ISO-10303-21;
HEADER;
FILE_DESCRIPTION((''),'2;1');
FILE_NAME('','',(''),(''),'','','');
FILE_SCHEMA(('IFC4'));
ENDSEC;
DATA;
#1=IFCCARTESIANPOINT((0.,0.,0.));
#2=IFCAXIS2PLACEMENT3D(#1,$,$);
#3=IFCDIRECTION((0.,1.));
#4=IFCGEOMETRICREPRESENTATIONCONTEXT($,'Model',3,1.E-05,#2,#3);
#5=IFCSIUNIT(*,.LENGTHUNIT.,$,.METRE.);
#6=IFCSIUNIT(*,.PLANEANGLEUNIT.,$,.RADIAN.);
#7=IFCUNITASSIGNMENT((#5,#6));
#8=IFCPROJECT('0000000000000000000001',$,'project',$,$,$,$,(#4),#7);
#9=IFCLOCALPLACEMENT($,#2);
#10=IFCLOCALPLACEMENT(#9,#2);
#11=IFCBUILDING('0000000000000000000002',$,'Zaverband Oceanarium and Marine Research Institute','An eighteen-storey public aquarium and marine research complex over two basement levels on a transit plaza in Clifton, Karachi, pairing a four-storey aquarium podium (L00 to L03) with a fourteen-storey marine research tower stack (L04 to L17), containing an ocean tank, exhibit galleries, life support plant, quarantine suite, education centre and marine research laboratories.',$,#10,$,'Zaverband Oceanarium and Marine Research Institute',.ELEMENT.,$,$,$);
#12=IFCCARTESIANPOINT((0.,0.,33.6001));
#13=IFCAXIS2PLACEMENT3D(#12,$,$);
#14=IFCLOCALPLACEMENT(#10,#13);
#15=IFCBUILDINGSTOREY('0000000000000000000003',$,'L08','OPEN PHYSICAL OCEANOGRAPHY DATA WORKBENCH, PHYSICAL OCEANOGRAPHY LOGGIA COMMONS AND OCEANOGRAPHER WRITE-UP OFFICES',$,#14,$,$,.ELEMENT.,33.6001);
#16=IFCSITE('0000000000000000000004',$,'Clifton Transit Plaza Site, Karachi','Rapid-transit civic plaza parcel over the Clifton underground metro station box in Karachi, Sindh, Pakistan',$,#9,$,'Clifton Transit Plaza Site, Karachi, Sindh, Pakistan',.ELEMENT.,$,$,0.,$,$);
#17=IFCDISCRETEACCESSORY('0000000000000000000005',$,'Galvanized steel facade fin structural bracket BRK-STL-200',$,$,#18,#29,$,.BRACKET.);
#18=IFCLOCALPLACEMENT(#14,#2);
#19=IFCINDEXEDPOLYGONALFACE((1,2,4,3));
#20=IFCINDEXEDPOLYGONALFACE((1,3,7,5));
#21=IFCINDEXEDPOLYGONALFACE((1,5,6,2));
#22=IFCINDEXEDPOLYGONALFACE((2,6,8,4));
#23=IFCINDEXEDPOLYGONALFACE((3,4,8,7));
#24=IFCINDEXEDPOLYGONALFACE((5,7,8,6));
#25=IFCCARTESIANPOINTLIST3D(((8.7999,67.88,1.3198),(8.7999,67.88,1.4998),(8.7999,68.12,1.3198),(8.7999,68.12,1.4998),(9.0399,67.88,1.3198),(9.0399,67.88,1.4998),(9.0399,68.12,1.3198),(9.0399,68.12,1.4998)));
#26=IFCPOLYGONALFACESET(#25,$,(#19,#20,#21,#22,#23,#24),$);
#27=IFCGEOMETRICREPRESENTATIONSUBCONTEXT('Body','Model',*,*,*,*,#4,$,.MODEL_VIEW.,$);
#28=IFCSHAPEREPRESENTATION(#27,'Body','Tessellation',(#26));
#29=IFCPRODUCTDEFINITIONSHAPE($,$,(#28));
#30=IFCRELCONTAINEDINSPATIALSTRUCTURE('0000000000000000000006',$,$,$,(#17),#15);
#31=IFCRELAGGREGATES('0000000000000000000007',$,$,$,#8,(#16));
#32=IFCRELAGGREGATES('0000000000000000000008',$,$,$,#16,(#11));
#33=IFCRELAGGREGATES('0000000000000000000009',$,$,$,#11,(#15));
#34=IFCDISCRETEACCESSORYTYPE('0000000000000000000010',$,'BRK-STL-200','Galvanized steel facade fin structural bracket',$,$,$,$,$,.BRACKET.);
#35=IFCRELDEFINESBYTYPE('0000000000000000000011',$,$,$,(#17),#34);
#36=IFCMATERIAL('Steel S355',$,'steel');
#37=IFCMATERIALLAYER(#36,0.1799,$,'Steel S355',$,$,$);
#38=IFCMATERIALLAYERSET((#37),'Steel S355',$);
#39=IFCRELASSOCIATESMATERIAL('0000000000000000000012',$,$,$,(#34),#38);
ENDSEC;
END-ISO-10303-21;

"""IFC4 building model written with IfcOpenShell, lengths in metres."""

from ifc_helpers import new_model, si_unit, direction, frame, origin, origin_2d, place, context, subcontext, project, spatial, rectangle, extrude, material, layer, layer_set, type_object, element, save


model = new_model("IFC4")

# Units and contexts
model_context = context("Model", 3, precision=1e-05, world=origin(), true_north=direction((0.0, 1.0)))
body_context = subcontext(model_context, "Body", "Model", "MODEL_VIEW")
ifc_project = project(units=[si_unit("LENGTHUNIT", "METRE"), si_unit("PLANEANGLEUNIT", "RADIAN")], contexts=[model_context])

# Site, building, storey
site_placement = place(None, origin())
site = spatial("IfcSite", under=ifc_project, at=site_placement, Name="Clifton Transit Plaza Site, Karachi", Description="Rapid-transit civic plaza parcel over the Clifton underground metro station box in Karachi, Sindh, Pakistan", LongName="Clifton Transit Plaza Site, Karachi, Sindh, Pakistan", CompositionType="ELEMENT", RefElevation=0.0)
building_placement = place(site_placement, origin())
building = spatial("IfcBuilding", under=site, at=building_placement, Name="Zaverband Oceanarium and Marine Research Institute", Description="An eighteen-storey public aquarium and marine research complex over two basement levels on a transit plaza in Clifton, Karachi, pairing a four-storey aquarium podium (L00 to L03) with a fourteen-storey marine research tower stack (L04 to L17), containing an ocean tank, exhibit galleries, life support plant, quarantine suite, education centre and marine research laboratories.", LongName="Zaverband Oceanarium and Marine Research Institute", CompositionType="ELEMENT")
storey_placement = place(building_placement, frame((0.0, 0.0, 33.6001)))
storey = spatial("IfcBuildingStorey", under=building, at=storey_placement, Name="L08", Description="OPEN PHYSICAL OCEANOGRAPHY DATA WORKBENCH, PHYSICAL OCEANOGRAPHY LOGGIA COMMONS AND OCEANOGRAPHER WRITE-UP OFFICES", CompositionType="ELEMENT", Elevation=33.6001)

# Discrete accessory
ifc_material_1 = material(Name="Steel S355", Category="steel")
ifc_layer_1 = layer(ifc_material_1, 0.1799, Name="Steel S355")
ifc_layer_set_1 = layer_set([ifc_layer_1], Name="Steel S355")
discrete_accessory_type = type_object("IfcDiscreteAccessoryType", Name="BRK-STL-200", Description="Galvanized steel facade fin structural bracket", PredefinedType="BRACKET", material=ifc_layer_set_1)
discrete_accessory_placement = place(storey_placement, frame((8.9199, 68.0, 1.3198), z_axis=(0.0, 0.0, 1.0), x_axis=(1.0, 0.0, 0.0)))
element("IfcDiscreteAccessory", 1, at=discrete_accessory_placement, inside=storey, type_object=discrete_accessory_type, Name="Galvanized steel facade fin structural bracket BRK-STL-200", PredefinedType="BRACKET", context=body_context, shape_type="SweptSolid", body=[
    extrude(rectangle(XDim=0.24, YDim=0.24, at=origin_2d()), origin(), (0.0, 0.0, 1.0), 0.1799),
])

save(model, "model.ifc")
